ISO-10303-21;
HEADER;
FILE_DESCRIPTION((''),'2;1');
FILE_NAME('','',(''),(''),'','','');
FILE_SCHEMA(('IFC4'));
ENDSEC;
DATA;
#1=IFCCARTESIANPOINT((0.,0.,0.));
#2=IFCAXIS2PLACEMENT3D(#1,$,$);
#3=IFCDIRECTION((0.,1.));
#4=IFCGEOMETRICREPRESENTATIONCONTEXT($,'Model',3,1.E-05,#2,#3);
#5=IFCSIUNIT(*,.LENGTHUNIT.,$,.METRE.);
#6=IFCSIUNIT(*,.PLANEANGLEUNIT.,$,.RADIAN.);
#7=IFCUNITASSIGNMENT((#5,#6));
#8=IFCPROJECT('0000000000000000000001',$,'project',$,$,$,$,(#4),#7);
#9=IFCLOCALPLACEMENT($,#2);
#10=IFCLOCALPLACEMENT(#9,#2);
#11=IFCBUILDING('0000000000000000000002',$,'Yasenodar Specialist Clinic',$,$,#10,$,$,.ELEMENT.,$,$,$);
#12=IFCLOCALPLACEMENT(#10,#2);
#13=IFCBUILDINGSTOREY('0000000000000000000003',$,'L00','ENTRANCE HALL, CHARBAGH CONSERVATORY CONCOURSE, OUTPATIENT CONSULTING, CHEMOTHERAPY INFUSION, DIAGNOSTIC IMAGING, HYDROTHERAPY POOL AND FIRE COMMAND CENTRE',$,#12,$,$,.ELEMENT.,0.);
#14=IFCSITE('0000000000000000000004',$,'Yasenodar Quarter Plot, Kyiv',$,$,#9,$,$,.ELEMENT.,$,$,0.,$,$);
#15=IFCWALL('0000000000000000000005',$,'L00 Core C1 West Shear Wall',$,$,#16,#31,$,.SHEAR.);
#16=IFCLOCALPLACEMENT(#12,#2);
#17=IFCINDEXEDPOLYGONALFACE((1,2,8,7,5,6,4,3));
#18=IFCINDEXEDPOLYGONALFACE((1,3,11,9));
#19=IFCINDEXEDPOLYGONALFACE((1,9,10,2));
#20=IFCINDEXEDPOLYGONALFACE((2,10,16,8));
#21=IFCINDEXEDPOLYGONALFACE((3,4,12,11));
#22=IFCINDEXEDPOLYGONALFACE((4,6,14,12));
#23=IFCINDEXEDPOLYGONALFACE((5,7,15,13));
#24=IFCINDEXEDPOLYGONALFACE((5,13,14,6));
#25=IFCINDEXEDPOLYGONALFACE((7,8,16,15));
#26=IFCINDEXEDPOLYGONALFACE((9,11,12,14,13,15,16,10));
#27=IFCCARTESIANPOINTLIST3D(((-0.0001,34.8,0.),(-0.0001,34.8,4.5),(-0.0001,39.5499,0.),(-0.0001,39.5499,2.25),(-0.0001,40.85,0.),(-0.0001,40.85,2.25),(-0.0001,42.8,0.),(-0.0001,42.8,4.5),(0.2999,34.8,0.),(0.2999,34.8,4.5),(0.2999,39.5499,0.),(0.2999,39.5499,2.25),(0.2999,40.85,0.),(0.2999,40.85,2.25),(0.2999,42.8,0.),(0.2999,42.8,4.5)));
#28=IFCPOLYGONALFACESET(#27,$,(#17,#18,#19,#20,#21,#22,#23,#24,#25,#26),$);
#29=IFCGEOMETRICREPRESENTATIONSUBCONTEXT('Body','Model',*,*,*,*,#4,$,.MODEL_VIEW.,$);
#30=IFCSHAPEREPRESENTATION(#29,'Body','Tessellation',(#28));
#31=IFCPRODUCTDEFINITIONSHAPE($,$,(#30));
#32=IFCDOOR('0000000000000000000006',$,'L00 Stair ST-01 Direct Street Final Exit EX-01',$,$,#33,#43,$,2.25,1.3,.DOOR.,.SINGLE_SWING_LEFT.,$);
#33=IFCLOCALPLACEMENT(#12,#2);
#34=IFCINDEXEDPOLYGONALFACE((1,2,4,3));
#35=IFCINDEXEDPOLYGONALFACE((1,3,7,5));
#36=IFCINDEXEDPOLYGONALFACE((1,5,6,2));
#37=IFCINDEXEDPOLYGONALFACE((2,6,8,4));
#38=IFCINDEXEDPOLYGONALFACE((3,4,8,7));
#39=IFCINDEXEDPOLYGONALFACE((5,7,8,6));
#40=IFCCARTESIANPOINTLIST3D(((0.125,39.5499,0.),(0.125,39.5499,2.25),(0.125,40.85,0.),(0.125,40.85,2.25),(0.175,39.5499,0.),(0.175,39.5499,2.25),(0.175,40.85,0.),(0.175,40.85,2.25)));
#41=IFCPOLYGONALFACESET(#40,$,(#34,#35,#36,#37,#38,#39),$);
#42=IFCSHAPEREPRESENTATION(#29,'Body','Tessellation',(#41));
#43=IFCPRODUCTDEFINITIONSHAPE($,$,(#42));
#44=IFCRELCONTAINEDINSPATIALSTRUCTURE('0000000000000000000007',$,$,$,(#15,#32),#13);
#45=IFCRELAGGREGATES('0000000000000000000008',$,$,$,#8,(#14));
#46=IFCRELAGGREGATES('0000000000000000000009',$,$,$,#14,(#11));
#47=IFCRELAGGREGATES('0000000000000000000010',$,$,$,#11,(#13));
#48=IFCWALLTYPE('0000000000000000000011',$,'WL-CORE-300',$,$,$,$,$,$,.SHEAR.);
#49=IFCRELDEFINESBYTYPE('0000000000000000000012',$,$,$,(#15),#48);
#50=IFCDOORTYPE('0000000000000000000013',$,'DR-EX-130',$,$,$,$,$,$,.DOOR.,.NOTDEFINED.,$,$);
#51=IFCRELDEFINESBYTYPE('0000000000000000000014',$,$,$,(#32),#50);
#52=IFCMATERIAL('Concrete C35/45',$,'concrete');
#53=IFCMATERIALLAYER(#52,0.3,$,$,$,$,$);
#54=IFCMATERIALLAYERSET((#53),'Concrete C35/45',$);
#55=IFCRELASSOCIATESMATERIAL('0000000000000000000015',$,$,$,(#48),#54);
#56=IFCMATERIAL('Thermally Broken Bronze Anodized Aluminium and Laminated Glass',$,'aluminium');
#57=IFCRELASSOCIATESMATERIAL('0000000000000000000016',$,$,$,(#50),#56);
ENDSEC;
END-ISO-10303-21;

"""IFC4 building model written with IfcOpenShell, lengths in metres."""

from ifc_helpers import new_model, si_unit, direction, frame, frame_2d, origin, place, context, subcontext, project, spatial, rectangle, extrude, material, layer, layer_set, type_object, element, fill, save


model = new_model("IFC4")

# Units and contexts
model_context = context("Model", 3, precision=1e-05, world=origin(), true_north=direction((0.0, 1.0)))
body_context = subcontext(model_context, "Body", "Model", "MODEL_VIEW")
ifc_project = project(units=[si_unit("LENGTHUNIT", "METRE"), si_unit("PLANEANGLEUNIT", "RADIAN")], contexts=[model_context])

# Site, building, storey
site_placement = place(None, origin())
site = spatial("IfcSite", under=ifc_project, at=site_placement, Name="Yasenodar Quarter Plot, Kyiv", CompositionType="ELEMENT", RefElevation=0.0)
building_placement = place(site_placement, origin())
building = spatial("IfcBuilding", under=site, at=building_placement, Name="Yasenodar Specialist Clinic", CompositionType="ELEMENT")
storey_placement = place(building_placement, origin())
storey = spatial("IfcBuildingStorey", under=building, at=storey_placement, Name="L00", Description="ENTRANCE HALL, CHARBAGH CONSERVATORY CONCOURSE, OUTPATIENT CONSULTING, CHEMOTHERAPY INFUSION, DIAGNOSTIC IMAGING, HYDROTHERAPY POOL AND FIRE COMMAND CENTRE", CompositionType="ELEMENT", Elevation=0.0)

# Shared definitions
ifc_material_1 = material(Name="Concrete C35/45", Category="concrete")

# Wall, opening, door
ifc_layer_1 = layer(ifc_material_1, 0.3)
ifc_layer_set_1 = layer_set([ifc_layer_1], Name="Concrete C35/45")
wall_type_1 = type_object("IfcWallType", Name="WL-CORE-300", PredefinedType="SHEAR", material=ifc_layer_set_1)
wall_1_placement = place(storey_placement, frame((0.1499, 34.8, 0.0), z_axis=(0.0, 0.0, 1.0), x_axis=(0.0, 1.0, 0.0)))
wall_1 = element("IfcWall", 1, at=wall_1_placement, inside=storey, type_object=wall_type_1, Name="L00 Core C1 West Shear Wall", PredefinedType="SHEAR", context=body_context, shape_type="SweptSolid", body=[
    extrude(rectangle(XDim=8.0, YDim=0.3, at=frame_2d((4.0, 0.0))), origin(), (0.0, 0.0, 1.0), 4.5),
])
opening_1_placement = place(wall_1_placement, frame((4.75, 0.0, 0.0)))
opening_1 = element("IfcOpeningElement", 2, at=opening_1_placement, cuts=wall_1, PredefinedType="OPENING", context=body_context, shape_type="SweptSolid", body=[
    extrude(rectangle(XDim=1.3, YDim=2.25, at=frame_2d((0.6499, 1.125))), frame((0.0, 0.1602, 0.0), z_axis=(0.0, -1.0, 0.0), x_axis=(1.0, 0.0, 0.0)), (0.0, 0.0, 1.0), 0.3201),
])
ifc_material_2 = material(Name="Thermally Broken Bronze Anodized Aluminium and Laminated Glass", Category="aluminium")
door_type_1 = type_object("IfcDoorType", Name="DR-EX-130", OperationType="NOTDEFINED", PredefinedType="DOOR", material=ifc_material_2)
door_1_placement = place(opening_1_placement, origin())
door_1 = element("IfcDoor", 3, at=door_1_placement, inside=storey, type_object=door_type_1, Name="L00 Stair ST-01 Direct Street Final Exit EX-01", OperationType="SINGLE_SWING_LEFT", OverallHeight=2.25, OverallWidth=1.3, PredefinedType="DOOR", context=body_context, shape_type="SweptSolid", body=[
    extrude(rectangle(XDim=1.3, YDim=2.25, at=frame_2d((0.6499, 1.125))), frame((0.0, 0.0249, 0.0), z_axis=(0.0, -1.0, 0.0), x_axis=(1.0, 0.0, 0.0)), (0.0, 0.0, 1.0), 0.05),
])
fill(opening_1, door_1)

save(model, "model.ifc")
